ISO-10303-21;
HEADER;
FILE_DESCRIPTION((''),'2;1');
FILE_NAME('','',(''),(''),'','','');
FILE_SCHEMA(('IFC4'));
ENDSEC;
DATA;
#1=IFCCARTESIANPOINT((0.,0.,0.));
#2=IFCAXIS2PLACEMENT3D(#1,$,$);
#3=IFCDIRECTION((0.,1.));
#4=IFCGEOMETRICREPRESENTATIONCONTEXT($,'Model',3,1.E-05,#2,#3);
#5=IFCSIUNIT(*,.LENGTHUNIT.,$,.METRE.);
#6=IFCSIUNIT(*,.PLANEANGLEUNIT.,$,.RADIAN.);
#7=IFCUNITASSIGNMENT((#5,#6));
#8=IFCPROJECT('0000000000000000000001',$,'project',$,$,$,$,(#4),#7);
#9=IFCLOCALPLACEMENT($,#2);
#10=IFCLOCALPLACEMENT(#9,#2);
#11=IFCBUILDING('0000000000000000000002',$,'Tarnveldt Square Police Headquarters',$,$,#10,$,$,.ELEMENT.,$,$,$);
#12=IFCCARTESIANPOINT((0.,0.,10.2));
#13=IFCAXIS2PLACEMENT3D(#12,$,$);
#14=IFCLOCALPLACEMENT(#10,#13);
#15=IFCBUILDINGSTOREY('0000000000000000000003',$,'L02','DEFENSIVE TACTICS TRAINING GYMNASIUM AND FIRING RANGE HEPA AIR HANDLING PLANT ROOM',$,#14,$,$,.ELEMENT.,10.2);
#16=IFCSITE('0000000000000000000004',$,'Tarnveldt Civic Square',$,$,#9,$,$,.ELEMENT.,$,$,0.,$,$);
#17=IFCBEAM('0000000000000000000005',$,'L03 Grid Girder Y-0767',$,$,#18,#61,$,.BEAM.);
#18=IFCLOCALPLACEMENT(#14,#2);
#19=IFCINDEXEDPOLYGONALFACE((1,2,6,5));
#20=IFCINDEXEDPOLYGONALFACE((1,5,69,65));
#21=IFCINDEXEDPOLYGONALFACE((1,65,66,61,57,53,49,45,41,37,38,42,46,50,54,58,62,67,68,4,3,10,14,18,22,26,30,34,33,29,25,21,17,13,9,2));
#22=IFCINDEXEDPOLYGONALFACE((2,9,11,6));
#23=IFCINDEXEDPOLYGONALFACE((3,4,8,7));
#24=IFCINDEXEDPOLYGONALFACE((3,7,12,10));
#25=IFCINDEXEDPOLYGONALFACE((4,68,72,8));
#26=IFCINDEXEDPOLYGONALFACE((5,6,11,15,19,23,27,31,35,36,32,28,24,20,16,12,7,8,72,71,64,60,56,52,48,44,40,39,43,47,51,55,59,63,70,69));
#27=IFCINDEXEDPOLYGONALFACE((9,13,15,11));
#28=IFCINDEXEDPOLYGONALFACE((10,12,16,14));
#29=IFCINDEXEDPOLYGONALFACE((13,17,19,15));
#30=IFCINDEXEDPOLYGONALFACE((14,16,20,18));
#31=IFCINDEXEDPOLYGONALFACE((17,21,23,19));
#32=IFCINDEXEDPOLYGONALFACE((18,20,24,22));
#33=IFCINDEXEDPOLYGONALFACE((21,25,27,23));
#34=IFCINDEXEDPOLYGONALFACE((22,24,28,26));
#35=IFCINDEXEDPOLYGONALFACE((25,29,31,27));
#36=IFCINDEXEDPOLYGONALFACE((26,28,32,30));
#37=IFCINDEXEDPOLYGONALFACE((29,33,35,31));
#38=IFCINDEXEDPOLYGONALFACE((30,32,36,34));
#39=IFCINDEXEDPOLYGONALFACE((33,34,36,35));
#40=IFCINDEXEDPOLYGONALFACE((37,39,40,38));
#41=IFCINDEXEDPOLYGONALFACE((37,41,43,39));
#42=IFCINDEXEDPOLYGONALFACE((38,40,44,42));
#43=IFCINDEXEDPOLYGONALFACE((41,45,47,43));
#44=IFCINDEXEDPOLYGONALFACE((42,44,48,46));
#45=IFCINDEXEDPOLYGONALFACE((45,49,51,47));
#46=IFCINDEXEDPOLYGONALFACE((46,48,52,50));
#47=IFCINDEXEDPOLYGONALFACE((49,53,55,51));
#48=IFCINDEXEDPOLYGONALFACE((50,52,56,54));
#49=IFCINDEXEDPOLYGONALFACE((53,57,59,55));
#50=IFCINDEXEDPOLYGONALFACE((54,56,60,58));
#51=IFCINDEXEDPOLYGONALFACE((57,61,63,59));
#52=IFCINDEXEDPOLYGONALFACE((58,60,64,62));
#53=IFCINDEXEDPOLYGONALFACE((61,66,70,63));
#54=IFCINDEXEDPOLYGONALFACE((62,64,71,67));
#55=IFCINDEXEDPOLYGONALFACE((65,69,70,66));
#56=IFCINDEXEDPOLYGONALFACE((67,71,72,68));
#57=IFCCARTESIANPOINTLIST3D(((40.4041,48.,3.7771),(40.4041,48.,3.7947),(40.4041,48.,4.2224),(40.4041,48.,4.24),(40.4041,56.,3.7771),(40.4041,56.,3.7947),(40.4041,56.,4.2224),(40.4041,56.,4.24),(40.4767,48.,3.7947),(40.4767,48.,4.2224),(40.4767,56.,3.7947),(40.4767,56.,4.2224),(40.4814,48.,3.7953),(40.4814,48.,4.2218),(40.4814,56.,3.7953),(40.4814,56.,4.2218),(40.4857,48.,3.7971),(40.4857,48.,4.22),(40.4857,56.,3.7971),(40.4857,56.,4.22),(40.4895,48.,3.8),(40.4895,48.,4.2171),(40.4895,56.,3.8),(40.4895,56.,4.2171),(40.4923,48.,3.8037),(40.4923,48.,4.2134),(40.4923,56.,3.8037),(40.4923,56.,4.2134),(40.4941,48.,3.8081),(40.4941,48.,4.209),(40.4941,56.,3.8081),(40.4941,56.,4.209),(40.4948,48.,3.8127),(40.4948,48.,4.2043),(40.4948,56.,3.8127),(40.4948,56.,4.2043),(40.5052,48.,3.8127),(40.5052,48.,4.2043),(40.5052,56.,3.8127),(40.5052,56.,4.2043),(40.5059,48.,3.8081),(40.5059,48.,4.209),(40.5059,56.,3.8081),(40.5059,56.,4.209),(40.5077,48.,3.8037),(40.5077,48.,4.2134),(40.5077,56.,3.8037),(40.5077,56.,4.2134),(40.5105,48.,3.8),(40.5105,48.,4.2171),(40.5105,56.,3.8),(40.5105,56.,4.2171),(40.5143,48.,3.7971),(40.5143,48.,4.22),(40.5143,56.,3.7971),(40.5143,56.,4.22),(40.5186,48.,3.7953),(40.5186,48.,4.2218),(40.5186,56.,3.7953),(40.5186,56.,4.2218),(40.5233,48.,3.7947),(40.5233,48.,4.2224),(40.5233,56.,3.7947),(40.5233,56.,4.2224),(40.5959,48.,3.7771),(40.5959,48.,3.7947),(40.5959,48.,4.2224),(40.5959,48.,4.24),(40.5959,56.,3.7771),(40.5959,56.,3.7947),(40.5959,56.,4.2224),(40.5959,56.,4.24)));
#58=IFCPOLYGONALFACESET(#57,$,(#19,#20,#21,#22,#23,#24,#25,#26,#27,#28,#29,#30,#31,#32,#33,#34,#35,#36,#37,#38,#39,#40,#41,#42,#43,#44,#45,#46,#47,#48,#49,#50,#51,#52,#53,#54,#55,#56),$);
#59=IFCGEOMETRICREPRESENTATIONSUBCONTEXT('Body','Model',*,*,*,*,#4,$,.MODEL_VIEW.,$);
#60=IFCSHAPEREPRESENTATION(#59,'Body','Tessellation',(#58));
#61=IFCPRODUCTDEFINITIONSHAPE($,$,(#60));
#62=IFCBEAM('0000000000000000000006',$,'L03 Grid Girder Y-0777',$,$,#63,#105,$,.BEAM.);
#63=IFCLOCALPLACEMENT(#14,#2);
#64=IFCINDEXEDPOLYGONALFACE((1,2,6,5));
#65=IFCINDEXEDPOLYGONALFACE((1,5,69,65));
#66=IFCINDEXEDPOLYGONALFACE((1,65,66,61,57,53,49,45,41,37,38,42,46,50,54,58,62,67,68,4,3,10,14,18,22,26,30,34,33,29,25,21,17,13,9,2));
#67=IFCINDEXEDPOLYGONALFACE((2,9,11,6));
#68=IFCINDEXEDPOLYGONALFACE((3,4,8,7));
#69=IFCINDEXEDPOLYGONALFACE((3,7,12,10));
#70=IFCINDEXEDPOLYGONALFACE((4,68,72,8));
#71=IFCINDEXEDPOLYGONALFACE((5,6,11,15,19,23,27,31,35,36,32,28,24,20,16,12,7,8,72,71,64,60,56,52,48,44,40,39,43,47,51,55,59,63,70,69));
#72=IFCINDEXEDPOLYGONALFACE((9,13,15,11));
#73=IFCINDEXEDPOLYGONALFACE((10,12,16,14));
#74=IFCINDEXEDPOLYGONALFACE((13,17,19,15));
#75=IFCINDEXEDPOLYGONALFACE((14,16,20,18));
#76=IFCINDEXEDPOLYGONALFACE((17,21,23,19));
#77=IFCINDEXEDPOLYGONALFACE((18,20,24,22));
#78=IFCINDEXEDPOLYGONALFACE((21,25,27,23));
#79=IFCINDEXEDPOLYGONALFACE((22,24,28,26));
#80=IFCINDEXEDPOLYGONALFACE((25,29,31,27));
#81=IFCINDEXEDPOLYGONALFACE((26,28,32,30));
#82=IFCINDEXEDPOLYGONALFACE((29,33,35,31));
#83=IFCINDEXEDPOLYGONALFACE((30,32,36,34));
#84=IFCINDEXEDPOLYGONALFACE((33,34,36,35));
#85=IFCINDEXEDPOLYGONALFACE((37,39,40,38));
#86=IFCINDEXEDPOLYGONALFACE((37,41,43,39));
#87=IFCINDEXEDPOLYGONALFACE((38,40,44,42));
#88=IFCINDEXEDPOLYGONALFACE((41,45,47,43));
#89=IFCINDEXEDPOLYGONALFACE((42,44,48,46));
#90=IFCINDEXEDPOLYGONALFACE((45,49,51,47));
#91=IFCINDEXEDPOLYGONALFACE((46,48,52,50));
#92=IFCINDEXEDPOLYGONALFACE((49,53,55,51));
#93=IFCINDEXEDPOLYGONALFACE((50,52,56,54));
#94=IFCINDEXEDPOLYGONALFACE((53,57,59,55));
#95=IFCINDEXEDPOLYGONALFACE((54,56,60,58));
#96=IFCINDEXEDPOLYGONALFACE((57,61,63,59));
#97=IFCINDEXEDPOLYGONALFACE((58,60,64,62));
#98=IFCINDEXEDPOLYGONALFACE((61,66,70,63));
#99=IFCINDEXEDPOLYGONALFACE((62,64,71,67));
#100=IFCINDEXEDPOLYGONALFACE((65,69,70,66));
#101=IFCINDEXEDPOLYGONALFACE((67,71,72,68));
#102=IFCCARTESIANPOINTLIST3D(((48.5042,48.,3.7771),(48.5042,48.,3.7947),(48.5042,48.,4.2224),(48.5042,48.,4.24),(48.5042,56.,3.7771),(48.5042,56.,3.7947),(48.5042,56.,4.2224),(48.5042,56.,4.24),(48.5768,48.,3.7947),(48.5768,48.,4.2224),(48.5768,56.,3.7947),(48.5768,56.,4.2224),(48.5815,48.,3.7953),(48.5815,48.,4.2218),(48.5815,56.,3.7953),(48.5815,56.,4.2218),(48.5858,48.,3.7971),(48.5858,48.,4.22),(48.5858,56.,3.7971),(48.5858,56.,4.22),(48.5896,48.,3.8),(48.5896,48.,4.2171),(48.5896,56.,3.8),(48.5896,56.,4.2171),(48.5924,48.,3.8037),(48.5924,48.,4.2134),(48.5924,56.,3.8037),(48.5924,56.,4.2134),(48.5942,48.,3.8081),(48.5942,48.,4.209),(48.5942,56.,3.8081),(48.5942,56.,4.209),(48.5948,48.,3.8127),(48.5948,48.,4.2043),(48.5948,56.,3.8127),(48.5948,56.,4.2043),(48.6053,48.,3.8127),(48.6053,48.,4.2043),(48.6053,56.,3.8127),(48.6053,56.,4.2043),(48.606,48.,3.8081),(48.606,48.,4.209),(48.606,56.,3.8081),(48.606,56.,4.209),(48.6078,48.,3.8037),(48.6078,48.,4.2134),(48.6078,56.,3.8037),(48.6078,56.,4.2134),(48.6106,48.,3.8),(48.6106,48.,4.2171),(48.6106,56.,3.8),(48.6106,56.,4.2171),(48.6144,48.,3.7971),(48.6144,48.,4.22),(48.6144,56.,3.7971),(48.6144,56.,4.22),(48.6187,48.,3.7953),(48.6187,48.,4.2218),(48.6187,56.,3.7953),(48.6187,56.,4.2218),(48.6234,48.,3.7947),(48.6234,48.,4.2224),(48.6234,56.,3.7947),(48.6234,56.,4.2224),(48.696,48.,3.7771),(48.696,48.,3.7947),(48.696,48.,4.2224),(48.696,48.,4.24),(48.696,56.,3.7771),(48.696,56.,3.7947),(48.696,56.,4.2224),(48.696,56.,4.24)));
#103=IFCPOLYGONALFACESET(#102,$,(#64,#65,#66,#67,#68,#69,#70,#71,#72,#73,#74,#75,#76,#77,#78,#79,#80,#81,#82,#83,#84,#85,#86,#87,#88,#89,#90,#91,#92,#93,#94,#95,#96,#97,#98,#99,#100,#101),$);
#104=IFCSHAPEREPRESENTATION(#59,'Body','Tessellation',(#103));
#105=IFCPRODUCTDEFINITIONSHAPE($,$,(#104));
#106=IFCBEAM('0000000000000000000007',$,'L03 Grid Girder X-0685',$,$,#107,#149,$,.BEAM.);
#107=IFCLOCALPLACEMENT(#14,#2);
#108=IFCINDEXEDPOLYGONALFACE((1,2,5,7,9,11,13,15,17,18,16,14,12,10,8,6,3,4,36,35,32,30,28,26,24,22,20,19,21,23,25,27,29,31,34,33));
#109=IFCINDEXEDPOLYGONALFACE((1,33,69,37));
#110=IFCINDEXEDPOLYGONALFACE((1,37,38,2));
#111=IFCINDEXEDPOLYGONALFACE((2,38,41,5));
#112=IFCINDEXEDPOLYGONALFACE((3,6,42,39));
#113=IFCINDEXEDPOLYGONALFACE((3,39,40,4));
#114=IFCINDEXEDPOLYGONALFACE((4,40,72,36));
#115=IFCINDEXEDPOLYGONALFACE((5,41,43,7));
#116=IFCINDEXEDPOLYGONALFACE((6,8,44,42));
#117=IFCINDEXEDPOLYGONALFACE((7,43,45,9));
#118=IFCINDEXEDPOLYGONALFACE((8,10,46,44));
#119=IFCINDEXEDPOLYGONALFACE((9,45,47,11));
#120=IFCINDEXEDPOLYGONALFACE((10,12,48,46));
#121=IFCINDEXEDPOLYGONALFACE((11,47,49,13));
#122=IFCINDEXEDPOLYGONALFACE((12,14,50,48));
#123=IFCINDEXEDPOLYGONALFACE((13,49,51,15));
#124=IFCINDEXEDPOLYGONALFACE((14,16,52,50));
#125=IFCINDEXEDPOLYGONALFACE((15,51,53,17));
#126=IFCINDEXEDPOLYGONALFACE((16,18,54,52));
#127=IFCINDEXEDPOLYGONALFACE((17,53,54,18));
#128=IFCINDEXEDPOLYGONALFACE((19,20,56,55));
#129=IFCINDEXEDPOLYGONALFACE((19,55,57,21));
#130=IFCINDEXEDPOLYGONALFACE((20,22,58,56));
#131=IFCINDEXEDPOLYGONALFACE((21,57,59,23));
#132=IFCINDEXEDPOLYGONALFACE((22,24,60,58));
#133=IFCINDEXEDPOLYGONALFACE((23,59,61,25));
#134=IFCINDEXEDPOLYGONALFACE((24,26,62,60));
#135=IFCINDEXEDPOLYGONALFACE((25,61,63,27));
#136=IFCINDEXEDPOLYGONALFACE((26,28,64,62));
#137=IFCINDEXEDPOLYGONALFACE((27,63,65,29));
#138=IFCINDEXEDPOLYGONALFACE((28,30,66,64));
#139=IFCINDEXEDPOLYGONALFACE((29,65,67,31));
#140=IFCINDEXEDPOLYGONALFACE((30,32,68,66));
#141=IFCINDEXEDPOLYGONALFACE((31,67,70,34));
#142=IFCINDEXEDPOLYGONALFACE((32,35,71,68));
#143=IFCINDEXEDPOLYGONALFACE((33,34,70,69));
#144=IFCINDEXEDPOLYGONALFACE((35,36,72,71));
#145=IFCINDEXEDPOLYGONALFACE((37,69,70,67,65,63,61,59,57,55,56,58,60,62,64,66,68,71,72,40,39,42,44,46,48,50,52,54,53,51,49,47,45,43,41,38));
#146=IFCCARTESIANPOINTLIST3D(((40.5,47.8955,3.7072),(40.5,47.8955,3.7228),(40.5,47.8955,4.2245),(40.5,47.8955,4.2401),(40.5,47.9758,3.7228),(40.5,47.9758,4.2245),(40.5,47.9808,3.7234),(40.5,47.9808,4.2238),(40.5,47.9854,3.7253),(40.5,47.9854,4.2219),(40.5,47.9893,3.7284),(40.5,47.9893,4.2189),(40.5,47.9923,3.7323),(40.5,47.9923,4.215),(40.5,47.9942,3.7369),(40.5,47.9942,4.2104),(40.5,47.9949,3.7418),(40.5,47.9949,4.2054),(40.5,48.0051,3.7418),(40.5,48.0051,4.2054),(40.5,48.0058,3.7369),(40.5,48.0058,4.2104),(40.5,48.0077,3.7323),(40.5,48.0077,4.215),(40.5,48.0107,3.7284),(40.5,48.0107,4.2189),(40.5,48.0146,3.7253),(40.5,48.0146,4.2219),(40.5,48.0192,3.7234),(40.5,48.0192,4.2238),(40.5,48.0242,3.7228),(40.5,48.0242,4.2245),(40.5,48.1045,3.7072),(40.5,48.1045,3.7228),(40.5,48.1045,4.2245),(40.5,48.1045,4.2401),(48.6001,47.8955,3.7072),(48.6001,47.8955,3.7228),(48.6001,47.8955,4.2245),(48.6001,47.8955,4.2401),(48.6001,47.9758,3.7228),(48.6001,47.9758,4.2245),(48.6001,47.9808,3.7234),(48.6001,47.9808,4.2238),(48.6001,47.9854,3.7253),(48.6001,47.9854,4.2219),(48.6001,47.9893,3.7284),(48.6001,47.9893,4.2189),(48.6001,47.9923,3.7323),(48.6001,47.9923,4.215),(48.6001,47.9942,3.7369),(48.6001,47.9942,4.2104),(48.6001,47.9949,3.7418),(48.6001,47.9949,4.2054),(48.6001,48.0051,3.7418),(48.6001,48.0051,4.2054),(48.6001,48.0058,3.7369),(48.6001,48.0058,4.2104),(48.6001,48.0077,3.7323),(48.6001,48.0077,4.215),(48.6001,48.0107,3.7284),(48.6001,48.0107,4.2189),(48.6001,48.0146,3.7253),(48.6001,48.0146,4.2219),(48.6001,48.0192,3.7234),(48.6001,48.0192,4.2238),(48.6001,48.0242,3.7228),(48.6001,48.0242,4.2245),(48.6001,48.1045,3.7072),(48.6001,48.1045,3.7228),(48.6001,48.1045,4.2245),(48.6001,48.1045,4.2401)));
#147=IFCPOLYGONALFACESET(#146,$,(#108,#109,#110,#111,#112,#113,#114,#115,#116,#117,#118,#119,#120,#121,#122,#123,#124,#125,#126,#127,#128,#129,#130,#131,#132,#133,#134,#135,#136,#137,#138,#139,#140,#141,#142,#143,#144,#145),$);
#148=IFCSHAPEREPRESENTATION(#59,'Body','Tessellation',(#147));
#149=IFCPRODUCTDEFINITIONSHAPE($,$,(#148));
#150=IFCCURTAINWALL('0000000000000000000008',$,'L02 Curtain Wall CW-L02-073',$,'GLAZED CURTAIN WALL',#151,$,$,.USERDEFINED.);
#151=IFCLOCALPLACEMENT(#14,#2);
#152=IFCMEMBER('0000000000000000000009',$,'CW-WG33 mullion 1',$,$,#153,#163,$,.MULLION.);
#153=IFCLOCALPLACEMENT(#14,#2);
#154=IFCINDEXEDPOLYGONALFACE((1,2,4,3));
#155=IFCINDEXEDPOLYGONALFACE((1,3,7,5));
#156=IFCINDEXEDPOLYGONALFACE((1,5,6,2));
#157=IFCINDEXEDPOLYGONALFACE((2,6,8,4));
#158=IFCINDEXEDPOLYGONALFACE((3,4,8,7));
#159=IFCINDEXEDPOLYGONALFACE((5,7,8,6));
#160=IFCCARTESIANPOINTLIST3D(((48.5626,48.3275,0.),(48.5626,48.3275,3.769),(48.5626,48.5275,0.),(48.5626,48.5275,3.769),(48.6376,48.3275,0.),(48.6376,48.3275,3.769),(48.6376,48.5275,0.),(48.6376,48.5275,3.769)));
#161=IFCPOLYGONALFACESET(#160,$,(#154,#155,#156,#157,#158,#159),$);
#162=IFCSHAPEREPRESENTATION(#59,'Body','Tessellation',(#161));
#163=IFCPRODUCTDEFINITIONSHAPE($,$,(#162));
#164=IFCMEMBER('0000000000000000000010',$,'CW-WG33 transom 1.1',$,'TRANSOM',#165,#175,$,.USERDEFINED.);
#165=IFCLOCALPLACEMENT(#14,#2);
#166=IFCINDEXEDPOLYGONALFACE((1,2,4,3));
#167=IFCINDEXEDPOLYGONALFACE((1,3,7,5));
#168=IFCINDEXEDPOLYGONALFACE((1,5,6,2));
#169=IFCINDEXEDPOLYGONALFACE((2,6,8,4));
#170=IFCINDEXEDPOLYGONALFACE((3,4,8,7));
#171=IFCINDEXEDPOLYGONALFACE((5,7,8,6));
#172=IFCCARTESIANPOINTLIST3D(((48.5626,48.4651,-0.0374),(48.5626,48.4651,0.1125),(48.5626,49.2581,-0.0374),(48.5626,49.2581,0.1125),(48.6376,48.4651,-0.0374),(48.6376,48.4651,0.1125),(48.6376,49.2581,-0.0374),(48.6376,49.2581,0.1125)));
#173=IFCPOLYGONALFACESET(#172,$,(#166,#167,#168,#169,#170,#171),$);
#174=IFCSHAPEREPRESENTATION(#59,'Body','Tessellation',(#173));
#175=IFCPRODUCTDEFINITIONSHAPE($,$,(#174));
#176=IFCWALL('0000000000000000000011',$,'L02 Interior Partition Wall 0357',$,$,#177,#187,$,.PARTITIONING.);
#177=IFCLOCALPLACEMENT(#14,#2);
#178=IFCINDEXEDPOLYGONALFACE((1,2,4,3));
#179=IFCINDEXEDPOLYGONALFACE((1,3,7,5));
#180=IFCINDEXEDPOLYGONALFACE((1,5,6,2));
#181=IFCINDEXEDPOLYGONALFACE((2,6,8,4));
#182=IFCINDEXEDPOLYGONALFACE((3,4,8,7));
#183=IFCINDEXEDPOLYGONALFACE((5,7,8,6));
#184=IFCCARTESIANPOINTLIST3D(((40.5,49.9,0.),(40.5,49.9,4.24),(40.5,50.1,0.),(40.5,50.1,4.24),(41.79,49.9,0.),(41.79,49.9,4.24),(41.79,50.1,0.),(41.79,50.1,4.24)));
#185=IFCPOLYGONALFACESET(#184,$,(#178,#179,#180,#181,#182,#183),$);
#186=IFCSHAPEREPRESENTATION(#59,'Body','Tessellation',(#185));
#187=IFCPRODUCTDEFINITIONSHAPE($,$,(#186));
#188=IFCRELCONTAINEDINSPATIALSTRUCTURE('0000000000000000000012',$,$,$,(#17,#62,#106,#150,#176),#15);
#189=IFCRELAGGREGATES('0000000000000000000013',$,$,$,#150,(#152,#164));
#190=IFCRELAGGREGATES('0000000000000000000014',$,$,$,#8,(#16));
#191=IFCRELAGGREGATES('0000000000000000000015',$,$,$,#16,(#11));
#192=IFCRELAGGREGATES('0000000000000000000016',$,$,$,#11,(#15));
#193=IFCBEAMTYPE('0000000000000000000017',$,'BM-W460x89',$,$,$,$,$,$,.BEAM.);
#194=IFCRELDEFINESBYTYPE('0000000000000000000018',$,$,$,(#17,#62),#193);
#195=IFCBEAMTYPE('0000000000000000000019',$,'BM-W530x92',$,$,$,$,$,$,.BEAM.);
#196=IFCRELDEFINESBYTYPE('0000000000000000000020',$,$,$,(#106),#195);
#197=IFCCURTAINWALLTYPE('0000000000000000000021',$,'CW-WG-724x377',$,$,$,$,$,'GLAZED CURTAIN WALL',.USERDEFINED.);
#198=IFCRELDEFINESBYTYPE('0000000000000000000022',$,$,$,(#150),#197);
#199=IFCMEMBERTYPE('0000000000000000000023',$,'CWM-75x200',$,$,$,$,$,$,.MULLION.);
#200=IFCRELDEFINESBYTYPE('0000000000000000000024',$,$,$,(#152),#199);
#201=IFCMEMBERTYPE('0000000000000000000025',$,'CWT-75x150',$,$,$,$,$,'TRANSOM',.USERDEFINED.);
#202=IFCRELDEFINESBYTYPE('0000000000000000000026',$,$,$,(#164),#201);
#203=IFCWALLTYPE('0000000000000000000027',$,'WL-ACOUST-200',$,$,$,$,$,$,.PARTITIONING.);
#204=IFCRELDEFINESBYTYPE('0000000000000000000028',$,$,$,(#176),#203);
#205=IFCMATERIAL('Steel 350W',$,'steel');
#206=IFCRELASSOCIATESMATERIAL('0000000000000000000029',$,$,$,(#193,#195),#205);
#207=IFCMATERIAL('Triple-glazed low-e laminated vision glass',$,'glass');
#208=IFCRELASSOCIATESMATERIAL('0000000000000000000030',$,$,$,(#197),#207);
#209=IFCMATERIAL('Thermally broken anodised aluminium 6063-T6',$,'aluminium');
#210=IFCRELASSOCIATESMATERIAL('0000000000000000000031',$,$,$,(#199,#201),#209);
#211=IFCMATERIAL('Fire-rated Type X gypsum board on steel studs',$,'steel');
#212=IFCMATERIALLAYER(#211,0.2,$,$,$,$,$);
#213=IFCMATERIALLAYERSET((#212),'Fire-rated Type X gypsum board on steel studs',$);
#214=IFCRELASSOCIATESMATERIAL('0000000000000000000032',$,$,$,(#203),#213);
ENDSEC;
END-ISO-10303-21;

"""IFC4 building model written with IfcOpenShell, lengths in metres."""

from ifc_helpers import new_model, si_unit, direction, frame, frame_2d, origin, origin_2d, place, context, subcontext, project, spatial, rectangle, i_section, extrude, material, layer, layer_set, material_profile, profile_set, type_object, element, aggregate, save


model = new_model("IFC4")

# Units and contexts
model_context = context("Model", 3, precision=1e-05, world=origin(), true_north=direction((0.0, 1.0)))
body_context = subcontext(model_context, "Body", "Model", "MODEL_VIEW")
ifc_project = project(units=[si_unit("LENGTHUNIT", "METRE"), si_unit("PLANEANGLEUNIT", "RADIAN")], contexts=[model_context])

# Site, building, storey
site_placement = place(None, origin())
site = spatial("IfcSite", under=ifc_project, at=site_placement, Name="Tarnveldt Civic Square", CompositionType="ELEMENT", RefElevation=0.0)
building_placement = place(site_placement, origin())
building = spatial("IfcBuilding", under=site, at=building_placement, Name="Tarnveldt Square Police Headquarters", CompositionType="ELEMENT")
storey_placement = place(building_placement, frame((0.0, 0.0, 10.2)))
storey = spatial("IfcBuildingStorey", under=building, at=storey_placement, Name="L02", Description="DEFENSIVE TACTICS TRAINING GYMNASIUM AND FIRING RANGE HEPA AIR HANDLING PLANT ROOM", CompositionType="ELEMENT", Elevation=10.2)

# Beams
ifc_material_1 = material(Name="Steel 350W", Category="steel")
ifc_material_profile_1 = material_profile(ifc_material_1, i_section(OverallWidth=0.1919, OverallDepth=0.4629, WebThickness=0.0105, FlangeThickness=0.0176, FilletRadius=0.0181, at=origin_2d()), Name="W460x89")
ifc_profile_set_1 = profile_set([ifc_material_profile_1], Name="Steel 350W")
beam_type_1 = type_object("IfcBeamType", Name="BM-W460x89", PredefinedType="BEAM", material=ifc_profile_set_1)
for number, where, z_axis, x_axis, name in (
    (1, (40.5, 48.0, 4.0085), (0.0, 1.0, 0.0), (-1.0, 0.0, 0.0), "L03 Grid Girder Y-0767"),
    (2, (48.6001, 48.0, 4.0085), (0.0, 1.0, 0.0), (-1.0, 0.0, 0.0), "L03 Grid Girder Y-0777"),
):
    element("IfcBeam", number, at=place(storey_placement, frame(where, z_axis=z_axis, x_axis=x_axis)), inside=storey, type_object=beam_type_1, Name=name, PredefinedType="BEAM", context=body_context, shape_type="SweptSolid", body=[
        extrude(i_section(OverallWidth=0.1919, OverallDepth=0.4629, WebThickness=0.0105, FlangeThickness=0.0176, FilletRadius=0.0181, at=origin_2d()), origin(), (0.0, 0.0, 1.0), 8.0),
    ])
ifc_material_profile_2 = material_profile(ifc_material_1, i_section(OverallWidth=0.209, OverallDepth=0.533, WebThickness=0.0103, FlangeThickness=0.0156, FilletRadius=0.019, at=origin_2d()), Name="W530x92")
ifc_profile_set_2 = profile_set([ifc_material_profile_2], Name="Steel 350W")
beam_type_2 = type_object("IfcBeamType", Name="BM-W530x92", PredefinedType="BEAM", material=ifc_profile_set_2)
beam_1_placement = place(storey_placement, frame((40.5, 48.0, 3.9736), z_axis=(1.0, 0.0, 0.0), x_axis=(0.0, 1.0, 0.0)))
element("IfcBeam", 3, at=beam_1_placement, inside=storey, type_object=beam_type_2, Name="L03 Grid Girder X-0685", PredefinedType="BEAM", context=body_context, shape_type="SweptSolid", body=[
    extrude(i_section(OverallWidth=0.209, OverallDepth=0.533, WebThickness=0.0103, FlangeThickness=0.0156, FilletRadius=0.019, at=origin_2d()), origin(), (0.0, 0.0, 1.0), 8.1001),
])

# Curtain wall, members
ifc_material_2 = material(Name="Triple-glazed low-e laminated vision glass", Category="glass")
curtain_wall_type = type_object("IfcCurtainWallType", Name="CW-WG-724x377", ElementType="GLAZED CURTAIN WALL", PredefinedType="USERDEFINED", material=ifc_material_2)
curtain_wall_placement = place(storey_placement, origin())
curtain_wall = element("IfcCurtainWall", 4, at=curtain_wall_placement, inside=storey, type_object=curtain_wall_type, Name="L02 Curtain Wall CW-L02-073", ObjectType="GLAZED CURTAIN WALL", PredefinedType="USERDEFINED")
ifc_material_3 = material(Name="Thermally broken anodised aluminium 6063-T6", Category="aluminium")
ifc_material_profile_3 = material_profile(ifc_material_3, rectangle(XDim=0.075, YDim=0.2, at=origin_2d()), Name="CW-M75x200")
ifc_profile_set_3 = profile_set([ifc_material_profile_3], Name="Thermally broken anodised aluminium 6063-T6")
member_type_1 = type_object("IfcMemberType", Name="CWM-75x200", PredefinedType="MULLION", material=ifc_profile_set_3)
member_1_placement = place(storey_placement, frame((48.6001, 48.4275, 0.0), z_axis=(0.0, 0.0, 1.0), x_axis=(-1.0, 0.0, 0.0)))
member_1 = element("IfcMember", 5, at=member_1_placement, type_object=member_type_1, Name="CW-WG33 mullion 1", PredefinedType="MULLION", context=body_context, shape_type="SweptSolid", body=[
    extrude(rectangle(XDim=0.075, YDim=0.2, at=origin_2d()), origin(), (0.0, 0.0, 1.0), 3.769),
])
ifc_material_profile_4 = material_profile(ifc_material_3, rectangle(XDim=0.075, YDim=0.1499, at=origin_2d()), Name="CW-T75x150")
ifc_profile_set_4 = profile_set([ifc_material_profile_4], Name="Thermally broken anodised aluminium 6063-T6")
member_type_2 = type_object("IfcMemberType", Name="CWT-75x150", ElementType="TRANSOM", PredefinedType="USERDEFINED", material=ifc_profile_set_4)
member_2_placement = place(storey_placement, frame((48.6001, 48.4651, 0.0376), z_axis=(0.0, 1.0, 0.0), x_axis=(-1.0, 0.0, 0.0)))
member_2 = element("IfcMember", 6, at=member_2_placement, type_object=member_type_2, Name="CW-WG33 transom 1.1", ObjectType="TRANSOM", PredefinedType="USERDEFINED", context=body_context, shape_type="SweptSolid", body=[
    extrude(rectangle(XDim=0.075, YDim=0.1499, at=origin_2d()), origin(), (0.0, 0.0, 1.0), 0.793),
])
aggregate(curtain_wall, [member_1, member_2])

# Wall
ifc_material_4 = material(Name="Fire-rated Type X gypsum board on steel studs", Category="steel")
ifc_layer_1 = layer(ifc_material_4, 0.2)
ifc_layer_set_1 = layer_set([ifc_layer_1], Name="Fire-rated Type X gypsum board on steel studs")
wall_type_1 = type_object("IfcWallType", Name="WL-ACOUST-200", PredefinedType="PARTITIONING", material=ifc_layer_set_1)
wall_1_placement = place(storey_placement, frame((40.5, 50.0, 0.0), z_axis=(0.0, 0.0, 1.0), x_axis=(1.0, 0.0, 0.0)))
element("IfcWall", 7, at=wall_1_placement, inside=storey, type_object=wall_type_1, Name="L02 Interior Partition Wall 0357", PredefinedType="PARTITIONING", context=body_context, shape_type="SweptSolid", body=[
    extrude(rectangle(XDim=1.29, YDim=0.2, at=frame_2d((0.645, 0.0))), origin(), (0.0, 0.0, 1.0), 4.24),
])

save(model, "model.ifc")
